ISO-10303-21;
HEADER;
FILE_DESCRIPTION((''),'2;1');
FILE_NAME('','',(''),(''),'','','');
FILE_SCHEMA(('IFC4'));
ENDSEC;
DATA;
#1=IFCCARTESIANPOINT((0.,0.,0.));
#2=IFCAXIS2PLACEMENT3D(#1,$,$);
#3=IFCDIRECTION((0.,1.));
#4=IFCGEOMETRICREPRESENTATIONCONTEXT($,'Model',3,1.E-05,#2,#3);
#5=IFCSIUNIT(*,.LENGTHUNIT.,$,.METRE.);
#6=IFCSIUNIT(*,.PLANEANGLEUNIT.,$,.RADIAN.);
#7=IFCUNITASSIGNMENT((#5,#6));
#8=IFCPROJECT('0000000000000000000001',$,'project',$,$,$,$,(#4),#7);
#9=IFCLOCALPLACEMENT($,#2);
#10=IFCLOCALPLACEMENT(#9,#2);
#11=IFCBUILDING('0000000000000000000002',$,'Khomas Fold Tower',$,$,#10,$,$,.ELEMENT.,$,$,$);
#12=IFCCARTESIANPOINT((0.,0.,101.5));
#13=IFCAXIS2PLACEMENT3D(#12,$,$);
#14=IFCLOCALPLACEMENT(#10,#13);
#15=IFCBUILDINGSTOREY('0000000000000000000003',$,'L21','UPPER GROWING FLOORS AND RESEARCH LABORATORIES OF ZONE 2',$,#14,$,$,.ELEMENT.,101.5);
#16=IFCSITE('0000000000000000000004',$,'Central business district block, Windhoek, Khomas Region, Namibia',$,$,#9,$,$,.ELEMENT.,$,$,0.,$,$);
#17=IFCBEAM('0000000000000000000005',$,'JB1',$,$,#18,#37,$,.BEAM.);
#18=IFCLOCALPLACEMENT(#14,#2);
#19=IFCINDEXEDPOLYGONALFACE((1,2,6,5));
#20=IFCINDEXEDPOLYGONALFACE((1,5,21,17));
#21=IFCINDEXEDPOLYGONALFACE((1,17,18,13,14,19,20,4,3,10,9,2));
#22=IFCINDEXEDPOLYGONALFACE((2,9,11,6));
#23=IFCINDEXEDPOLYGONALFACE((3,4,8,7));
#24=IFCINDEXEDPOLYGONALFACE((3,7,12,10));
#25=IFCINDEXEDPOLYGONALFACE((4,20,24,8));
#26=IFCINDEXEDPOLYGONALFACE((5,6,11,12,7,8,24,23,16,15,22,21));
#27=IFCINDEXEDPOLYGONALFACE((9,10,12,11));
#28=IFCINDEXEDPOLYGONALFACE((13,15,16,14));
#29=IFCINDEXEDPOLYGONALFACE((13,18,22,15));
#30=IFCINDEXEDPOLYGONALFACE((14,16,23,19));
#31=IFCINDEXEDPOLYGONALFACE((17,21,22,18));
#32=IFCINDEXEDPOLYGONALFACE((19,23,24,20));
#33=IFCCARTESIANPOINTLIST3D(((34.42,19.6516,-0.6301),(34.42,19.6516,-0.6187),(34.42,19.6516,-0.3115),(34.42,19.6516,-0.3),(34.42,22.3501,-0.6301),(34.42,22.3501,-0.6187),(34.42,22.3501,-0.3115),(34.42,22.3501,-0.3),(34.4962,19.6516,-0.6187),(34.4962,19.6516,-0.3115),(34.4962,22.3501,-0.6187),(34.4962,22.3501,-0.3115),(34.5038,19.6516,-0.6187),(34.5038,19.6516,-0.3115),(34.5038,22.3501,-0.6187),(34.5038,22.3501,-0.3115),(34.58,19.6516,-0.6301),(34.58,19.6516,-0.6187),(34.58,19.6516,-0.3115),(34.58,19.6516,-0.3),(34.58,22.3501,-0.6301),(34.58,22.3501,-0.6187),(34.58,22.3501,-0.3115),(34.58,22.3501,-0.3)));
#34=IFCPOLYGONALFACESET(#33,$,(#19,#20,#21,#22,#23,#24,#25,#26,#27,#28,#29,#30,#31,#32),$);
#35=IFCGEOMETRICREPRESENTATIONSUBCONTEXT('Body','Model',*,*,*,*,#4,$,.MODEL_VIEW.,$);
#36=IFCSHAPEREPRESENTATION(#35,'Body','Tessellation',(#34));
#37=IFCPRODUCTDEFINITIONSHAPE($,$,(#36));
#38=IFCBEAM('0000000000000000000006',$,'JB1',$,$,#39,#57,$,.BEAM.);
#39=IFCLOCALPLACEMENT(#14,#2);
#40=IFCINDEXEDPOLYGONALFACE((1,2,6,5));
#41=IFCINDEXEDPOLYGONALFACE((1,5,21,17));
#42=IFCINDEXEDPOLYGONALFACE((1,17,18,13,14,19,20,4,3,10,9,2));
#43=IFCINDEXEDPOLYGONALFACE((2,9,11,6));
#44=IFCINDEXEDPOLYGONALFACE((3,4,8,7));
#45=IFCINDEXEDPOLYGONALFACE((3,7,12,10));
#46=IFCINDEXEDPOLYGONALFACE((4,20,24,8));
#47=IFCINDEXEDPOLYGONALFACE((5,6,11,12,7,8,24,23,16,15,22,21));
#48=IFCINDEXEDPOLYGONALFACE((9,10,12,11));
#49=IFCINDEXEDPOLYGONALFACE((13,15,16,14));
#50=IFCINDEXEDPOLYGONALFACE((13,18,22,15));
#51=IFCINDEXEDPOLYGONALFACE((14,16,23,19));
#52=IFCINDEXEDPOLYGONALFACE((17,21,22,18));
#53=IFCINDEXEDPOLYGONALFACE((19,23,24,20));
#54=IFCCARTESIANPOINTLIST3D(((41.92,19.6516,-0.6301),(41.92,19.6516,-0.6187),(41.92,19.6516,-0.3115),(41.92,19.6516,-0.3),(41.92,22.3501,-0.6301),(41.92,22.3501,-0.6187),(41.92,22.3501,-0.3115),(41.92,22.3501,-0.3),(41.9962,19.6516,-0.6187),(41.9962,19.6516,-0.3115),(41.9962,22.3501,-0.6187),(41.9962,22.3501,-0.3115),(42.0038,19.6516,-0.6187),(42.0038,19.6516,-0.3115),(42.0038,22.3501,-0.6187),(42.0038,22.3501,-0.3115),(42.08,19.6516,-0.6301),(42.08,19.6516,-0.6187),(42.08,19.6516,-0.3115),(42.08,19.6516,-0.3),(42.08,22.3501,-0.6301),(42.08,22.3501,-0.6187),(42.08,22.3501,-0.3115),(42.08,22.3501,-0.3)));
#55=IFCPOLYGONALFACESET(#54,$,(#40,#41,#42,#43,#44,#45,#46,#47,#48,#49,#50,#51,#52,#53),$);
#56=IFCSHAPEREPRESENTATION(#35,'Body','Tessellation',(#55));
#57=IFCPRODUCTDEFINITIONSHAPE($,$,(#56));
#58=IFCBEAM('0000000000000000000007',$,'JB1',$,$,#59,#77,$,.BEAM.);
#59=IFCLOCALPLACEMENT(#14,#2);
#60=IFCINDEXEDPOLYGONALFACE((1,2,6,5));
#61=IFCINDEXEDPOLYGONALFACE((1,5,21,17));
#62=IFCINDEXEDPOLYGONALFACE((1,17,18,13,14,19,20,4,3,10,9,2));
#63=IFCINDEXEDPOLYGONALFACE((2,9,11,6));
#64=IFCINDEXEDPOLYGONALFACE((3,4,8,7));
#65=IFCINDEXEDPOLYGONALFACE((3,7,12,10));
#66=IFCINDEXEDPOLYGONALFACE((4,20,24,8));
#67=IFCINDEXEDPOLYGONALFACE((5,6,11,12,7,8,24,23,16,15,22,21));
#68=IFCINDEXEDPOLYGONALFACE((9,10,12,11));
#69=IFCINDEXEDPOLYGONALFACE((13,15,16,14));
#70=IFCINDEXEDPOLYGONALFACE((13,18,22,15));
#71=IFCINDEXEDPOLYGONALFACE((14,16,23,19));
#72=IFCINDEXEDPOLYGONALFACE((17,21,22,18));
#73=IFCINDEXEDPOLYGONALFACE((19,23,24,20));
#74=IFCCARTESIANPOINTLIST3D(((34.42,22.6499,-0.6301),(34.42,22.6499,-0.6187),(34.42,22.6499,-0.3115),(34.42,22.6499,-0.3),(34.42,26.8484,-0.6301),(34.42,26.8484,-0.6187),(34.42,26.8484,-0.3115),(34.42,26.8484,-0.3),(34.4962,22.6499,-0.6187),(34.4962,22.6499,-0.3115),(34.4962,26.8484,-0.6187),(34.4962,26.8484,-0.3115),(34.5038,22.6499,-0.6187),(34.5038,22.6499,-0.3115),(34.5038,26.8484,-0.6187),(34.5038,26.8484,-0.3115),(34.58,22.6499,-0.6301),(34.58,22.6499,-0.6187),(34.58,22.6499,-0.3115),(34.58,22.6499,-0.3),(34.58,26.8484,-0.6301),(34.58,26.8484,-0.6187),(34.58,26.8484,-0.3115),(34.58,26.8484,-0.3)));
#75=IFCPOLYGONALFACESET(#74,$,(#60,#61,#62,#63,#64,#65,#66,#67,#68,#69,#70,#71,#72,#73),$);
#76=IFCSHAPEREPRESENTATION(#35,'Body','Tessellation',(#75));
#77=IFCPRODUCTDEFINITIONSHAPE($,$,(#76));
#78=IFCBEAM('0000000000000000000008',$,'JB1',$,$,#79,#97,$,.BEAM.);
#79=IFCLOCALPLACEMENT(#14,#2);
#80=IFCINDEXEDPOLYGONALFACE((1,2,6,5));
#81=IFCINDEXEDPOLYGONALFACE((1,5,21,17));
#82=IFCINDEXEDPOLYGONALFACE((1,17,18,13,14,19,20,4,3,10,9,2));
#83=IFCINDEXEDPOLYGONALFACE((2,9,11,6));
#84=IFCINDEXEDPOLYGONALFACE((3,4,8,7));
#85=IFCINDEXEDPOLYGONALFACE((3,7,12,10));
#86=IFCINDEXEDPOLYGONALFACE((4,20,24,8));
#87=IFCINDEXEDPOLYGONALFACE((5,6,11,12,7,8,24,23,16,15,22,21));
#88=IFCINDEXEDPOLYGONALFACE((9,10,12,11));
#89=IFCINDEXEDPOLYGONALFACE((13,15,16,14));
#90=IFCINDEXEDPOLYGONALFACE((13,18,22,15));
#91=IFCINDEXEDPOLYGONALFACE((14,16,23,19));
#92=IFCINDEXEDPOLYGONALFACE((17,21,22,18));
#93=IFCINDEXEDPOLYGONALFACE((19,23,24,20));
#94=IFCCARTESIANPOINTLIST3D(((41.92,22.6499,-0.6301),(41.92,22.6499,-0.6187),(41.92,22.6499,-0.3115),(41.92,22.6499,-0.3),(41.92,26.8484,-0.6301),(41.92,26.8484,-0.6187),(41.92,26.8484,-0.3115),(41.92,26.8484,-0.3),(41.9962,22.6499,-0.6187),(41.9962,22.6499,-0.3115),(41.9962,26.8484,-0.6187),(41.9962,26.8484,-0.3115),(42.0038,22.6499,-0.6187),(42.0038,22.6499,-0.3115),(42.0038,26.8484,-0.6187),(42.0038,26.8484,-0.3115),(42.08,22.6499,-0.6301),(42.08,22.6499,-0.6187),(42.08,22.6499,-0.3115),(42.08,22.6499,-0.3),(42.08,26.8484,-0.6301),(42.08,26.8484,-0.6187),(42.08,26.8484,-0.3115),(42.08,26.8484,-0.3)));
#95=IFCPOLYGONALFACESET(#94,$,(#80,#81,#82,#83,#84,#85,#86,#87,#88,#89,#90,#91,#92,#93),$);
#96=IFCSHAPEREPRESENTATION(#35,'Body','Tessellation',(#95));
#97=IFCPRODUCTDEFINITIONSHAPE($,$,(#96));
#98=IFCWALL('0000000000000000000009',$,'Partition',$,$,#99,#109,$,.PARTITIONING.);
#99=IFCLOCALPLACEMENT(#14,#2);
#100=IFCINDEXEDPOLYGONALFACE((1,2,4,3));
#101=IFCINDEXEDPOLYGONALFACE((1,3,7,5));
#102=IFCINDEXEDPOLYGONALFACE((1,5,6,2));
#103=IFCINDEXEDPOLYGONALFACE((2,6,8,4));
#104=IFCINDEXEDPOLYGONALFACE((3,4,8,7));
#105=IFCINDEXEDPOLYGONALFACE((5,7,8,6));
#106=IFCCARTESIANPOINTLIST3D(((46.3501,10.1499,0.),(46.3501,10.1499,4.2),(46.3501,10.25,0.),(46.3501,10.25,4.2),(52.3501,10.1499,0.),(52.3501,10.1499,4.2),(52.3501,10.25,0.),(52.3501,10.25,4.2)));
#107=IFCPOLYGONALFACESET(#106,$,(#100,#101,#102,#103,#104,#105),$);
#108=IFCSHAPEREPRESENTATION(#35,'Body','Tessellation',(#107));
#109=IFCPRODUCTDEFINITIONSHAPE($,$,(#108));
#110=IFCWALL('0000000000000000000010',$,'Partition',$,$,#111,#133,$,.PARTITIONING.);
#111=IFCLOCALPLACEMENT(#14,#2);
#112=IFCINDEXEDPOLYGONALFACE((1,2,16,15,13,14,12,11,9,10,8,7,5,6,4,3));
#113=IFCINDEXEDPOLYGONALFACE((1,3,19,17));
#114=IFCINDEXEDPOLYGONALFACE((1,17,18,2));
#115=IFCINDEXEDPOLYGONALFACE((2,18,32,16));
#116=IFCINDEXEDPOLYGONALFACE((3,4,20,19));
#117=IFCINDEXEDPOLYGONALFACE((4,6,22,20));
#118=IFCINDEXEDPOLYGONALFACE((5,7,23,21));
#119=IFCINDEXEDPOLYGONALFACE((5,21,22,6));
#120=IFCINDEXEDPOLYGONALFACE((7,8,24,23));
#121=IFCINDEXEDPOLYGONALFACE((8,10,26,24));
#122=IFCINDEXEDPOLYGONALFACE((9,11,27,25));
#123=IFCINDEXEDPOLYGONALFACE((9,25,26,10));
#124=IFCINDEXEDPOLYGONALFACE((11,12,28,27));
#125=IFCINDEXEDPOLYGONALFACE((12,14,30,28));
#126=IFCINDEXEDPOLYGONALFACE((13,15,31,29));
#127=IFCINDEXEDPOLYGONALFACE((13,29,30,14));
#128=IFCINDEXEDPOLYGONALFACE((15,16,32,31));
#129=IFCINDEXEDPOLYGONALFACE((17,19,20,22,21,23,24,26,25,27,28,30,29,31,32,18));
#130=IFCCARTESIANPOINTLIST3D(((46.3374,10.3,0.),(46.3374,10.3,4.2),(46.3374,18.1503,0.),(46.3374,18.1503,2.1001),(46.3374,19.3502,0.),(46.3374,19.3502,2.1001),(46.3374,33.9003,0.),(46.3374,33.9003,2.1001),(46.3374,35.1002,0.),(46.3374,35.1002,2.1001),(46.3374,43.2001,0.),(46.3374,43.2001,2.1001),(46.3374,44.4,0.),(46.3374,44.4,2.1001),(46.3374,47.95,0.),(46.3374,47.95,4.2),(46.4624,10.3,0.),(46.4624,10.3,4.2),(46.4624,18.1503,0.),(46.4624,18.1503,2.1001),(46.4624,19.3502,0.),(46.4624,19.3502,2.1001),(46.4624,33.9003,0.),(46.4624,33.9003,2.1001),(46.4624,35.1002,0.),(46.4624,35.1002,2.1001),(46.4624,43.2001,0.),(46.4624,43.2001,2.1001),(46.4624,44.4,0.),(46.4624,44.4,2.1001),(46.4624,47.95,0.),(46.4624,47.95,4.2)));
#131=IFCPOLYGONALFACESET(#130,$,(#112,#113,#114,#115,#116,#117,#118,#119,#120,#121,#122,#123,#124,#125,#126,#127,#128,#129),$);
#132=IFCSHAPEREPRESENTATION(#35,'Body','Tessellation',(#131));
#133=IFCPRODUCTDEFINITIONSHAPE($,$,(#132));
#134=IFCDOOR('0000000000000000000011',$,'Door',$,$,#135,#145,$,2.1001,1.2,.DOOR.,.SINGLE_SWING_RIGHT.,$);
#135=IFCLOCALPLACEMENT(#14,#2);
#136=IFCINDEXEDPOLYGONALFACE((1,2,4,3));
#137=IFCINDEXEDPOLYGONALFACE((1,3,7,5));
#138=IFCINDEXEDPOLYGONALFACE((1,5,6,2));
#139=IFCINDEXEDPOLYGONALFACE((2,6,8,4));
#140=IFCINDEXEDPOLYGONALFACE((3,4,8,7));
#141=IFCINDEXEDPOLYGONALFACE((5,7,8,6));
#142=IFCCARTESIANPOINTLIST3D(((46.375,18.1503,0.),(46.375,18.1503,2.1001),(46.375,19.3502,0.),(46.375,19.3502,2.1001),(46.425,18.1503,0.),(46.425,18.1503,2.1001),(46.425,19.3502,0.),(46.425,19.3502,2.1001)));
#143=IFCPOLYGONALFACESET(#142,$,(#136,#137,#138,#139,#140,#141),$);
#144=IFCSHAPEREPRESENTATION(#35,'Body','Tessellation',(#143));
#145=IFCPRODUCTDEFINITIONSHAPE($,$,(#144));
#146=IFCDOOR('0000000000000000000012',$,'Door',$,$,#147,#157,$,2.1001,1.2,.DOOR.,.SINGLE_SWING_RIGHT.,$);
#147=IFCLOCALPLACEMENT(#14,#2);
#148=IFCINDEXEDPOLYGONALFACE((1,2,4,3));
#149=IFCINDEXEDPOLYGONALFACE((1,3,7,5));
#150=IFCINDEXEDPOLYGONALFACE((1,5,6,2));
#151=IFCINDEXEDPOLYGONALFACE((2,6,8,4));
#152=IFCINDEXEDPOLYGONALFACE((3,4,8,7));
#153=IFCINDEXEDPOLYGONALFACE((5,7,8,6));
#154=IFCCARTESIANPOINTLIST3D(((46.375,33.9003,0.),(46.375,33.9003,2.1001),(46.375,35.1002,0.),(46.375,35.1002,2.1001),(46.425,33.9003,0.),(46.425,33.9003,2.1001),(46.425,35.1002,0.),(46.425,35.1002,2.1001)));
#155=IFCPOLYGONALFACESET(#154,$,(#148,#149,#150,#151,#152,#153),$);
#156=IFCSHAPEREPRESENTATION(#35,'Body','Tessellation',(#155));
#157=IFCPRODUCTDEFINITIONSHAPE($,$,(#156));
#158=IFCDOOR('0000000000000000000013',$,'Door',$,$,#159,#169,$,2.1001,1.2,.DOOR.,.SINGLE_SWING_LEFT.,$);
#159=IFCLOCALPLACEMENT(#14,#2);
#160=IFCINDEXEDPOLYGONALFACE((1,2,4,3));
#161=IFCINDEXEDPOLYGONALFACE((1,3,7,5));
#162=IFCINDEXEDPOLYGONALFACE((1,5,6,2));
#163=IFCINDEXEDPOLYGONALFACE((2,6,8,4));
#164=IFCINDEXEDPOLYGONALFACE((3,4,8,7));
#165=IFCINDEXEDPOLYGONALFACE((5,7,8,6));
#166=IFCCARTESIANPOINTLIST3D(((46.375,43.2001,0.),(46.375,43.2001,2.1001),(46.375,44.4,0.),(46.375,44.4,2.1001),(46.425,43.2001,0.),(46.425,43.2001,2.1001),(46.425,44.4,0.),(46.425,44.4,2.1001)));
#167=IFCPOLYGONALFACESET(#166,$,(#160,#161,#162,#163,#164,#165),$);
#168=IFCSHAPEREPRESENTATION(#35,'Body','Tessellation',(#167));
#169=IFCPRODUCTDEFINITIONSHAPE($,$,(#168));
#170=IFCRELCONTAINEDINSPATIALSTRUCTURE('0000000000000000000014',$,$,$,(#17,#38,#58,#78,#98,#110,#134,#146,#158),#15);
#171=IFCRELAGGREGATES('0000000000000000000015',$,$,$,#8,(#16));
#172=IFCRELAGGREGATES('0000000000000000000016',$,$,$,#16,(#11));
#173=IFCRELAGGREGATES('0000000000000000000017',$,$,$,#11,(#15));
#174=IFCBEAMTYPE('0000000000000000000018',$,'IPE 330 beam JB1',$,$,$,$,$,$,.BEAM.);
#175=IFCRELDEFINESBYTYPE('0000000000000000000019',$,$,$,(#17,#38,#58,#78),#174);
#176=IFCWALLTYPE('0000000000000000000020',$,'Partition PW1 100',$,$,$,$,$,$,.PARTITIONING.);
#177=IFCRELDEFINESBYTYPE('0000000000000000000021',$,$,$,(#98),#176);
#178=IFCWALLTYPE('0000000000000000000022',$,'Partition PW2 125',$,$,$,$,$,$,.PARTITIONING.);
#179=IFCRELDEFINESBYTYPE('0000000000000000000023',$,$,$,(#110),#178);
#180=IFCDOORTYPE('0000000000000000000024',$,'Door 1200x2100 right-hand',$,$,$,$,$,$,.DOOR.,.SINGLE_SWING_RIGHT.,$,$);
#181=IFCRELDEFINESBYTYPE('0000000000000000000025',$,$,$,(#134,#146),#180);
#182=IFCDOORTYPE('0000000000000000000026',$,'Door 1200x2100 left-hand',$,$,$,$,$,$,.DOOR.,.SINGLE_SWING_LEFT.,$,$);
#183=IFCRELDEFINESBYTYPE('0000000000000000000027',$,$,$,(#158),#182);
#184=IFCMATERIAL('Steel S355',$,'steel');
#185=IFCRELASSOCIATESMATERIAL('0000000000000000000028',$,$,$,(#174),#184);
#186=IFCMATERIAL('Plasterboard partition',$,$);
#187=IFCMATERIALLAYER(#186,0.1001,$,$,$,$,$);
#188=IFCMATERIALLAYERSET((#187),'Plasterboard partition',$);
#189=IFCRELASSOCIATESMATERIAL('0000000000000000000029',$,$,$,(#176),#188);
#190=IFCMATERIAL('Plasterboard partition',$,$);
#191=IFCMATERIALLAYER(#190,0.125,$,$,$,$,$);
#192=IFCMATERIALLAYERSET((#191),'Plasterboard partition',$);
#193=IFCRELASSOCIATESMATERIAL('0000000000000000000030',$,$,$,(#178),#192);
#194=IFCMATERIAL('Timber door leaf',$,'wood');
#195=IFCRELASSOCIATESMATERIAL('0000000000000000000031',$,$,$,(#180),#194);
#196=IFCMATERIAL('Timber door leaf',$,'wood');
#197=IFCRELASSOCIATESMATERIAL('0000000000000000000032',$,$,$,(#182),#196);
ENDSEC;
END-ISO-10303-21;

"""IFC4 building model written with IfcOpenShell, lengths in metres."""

from ifc_helpers import new_model, si_unit, direction, frame, frame_2d, origin, origin_2d, place, context, subcontext, project, spatial, rectangle, i_section, extrude, source, transform, mapped, material, layer, layer_set, material_profile, profile_set, type_object, element, fill, save


model = new_model("IFC4")

# Units and contexts
model_context = context("Model", 3, precision=1e-05, world=origin(), true_north=direction((0.0, 1.0)))
body_context = subcontext(model_context, "Body", "Model", "MODEL_VIEW")
ifc_project = project(units=[si_unit("LENGTHUNIT", "METRE"), si_unit("PLANEANGLEUNIT", "RADIAN")], contexts=[model_context])

# Site, building, storey
site_placement = place(None, origin())
site = spatial("IfcSite", under=ifc_project, at=site_placement, Name="Central business district block, Windhoek, Khomas Region, Namibia", CompositionType="ELEMENT", RefElevation=0.0)
building_placement = place(site_placement, origin())
building = spatial("IfcBuilding", under=site, at=building_placement, Name="Khomas Fold Tower", CompositionType="ELEMENT")
storey_placement = place(building_placement, frame((0.0, 0.0, 101.5)))
storey = spatial("IfcBuildingStorey", under=building, at=storey_placement, Name="L21", Description="UPPER GROWING FLOORS AND RESEARCH LABORATORIES OF ZONE 2", CompositionType="ELEMENT", Elevation=101.5)

# Beams
ifc_material_1 = material(Name="Steel S355", Category="steel")
ifc_material_profile_1 = material_profile(ifc_material_1, i_section(OverallWidth=0.1599, OverallDepth=0.3301, WebThickness=0.0076, FlangeThickness=0.0115, at=origin_2d()), Name="IPE 330")
ifc_profile_set_1 = profile_set([ifc_material_profile_1], Name="Steel S355")
beam_type_1 = type_object("IfcBeamType", Name="IPE 330 beam JB1", PredefinedType="BEAM", material=ifc_profile_set_1)
shared_shape_1 = source(origin(), body_context, "Body", "SweptSolid", [
    extrude(i_section(OverallWidth=0.1599, OverallDepth=0.3301, WebThickness=0.0076, FlangeThickness=0.0115, at=origin_2d()), origin(), (0.0, 0.0, 1.0), 2.6985),
])
for number, where, z_axis, x_axis, name in (
    (1, (34.5, 19.6516, -0.4651), (0.0, 1.0, 0.0), (-1.0, 0.0, 0.0), "JB1"),
    (2, (42.0, 19.6516, -0.4651), (0.0, 1.0, 0.0), (-1.0, 0.0, 0.0), "JB1"),
):
    element("IfcBeam", number, at=place(storey_placement, frame(where, z_axis=z_axis, x_axis=x_axis)), inside=storey, type_object=beam_type_1, Name=name, PredefinedType="BEAM", context=body_context, shape_type="MappedRepresentation", body=[
        mapped(shared_shape_1, transform((0.0, 0.0, 0.0))),
    ])
shared_shape_2 = source(origin(), body_context, "Body", "SweptSolid", [
    extrude(i_section(OverallWidth=0.1599, OverallDepth=0.3301, WebThickness=0.0076, FlangeThickness=0.0115, at=origin_2d()), origin(), (0.0, 0.0, 1.0), 4.1985),
])
for number, where, z_axis, x_axis, name in (
    (3, (34.5, 22.6499, -0.4651), (0.0, 1.0, 0.0), (-1.0, 0.0, 0.0), "JB1"),
    (4, (42.0, 22.6499, -0.4651), (0.0, 1.0, 0.0), (-1.0, 0.0, 0.0), "JB1"),
):
    element("IfcBeam", number, at=place(storey_placement, frame(where, z_axis=z_axis, x_axis=x_axis)), inside=storey, type_object=beam_type_1, Name=name, PredefinedType="BEAM", context=body_context, shape_type="MappedRepresentation", body=[
        mapped(shared_shape_2, transform((0.0, 0.0, 0.0))),
    ])

# Wall
ifc_material_2 = material(Name="Plasterboard partition")
ifc_layer_1 = layer(ifc_material_2, 0.1001)
ifc_layer_set_1 = layer_set([ifc_layer_1], Name="Plasterboard partition")
wall_type_1 = type_object("IfcWallType", Name="Partition PW1 100", PredefinedType="PARTITIONING", material=ifc_layer_set_1)
shared_shape_3 = source(origin(), body_context, "Body", "SweptSolid", [
    extrude(rectangle(XDim=6.0, YDim=0.1001, at=frame_2d((3.0, 0.0))), origin(), (0.0, 0.0, 1.0), 4.2),
])
wall_1_placement = place(storey_placement, frame((46.3501, 10.2, 0.0), z_axis=(0.0, 0.0, 1.0), x_axis=(1.0, 0.0, 0.0)))
element("IfcWall", 5, at=wall_1_placement, inside=storey, type_object=wall_type_1, Name="Partition", PredefinedType="PARTITIONING", context=body_context, shape_type="MappedRepresentation", body=[
    mapped(shared_shape_3, transform((0.0, 0.0, 0.0))),
])

# Wall, openings, doors
ifc_material_3 = material(Name="Plasterboard partition")
ifc_layer_2 = layer(ifc_material_3, 0.125)
ifc_layer_set_2 = layer_set([ifc_layer_2], Name="Plasterboard partition")
wall_type_2 = type_object("IfcWallType", Name="Partition PW2 125", PredefinedType="PARTITIONING", material=ifc_layer_set_2)
shared_shape_4 = source(origin(), body_context, "Body", "SweptSolid", [
    extrude(rectangle(XDim=37.6499, YDim=0.125, at=frame_2d((18.825, 0.0))), origin(), (0.0, 0.0, 1.0), 4.2),
])
wall_2_placement = place(storey_placement, frame((46.3999, 10.3, 0.0), z_axis=(0.0, 0.0, 1.0), x_axis=(0.0, 1.0, 0.0)))
wall_2 = element("IfcWall", 6, at=wall_2_placement, inside=storey, type_object=wall_type_2, Name="Partition", PredefinedType="PARTITIONING", context=body_context, shape_type="MappedRepresentation", body=[
    mapped(shared_shape_4, transform((0.0, 0.0, 0.0))),
])
shared_shape_5 = source(origin(), body_context, "Body", "SweptSolid", [
    extrude(rectangle(XDim=1.2, YDim=2.1001, at=frame_2d((0.6001, 1.05))), frame((0.0, 0.0725, 0.0), z_axis=(0.0, -1.0, 0.0), x_axis=(1.0, 0.0, 0.0)), (0.0, 0.0, 1.0), 0.145),
])
opening_1_placement = place(wall_2_placement, frame((7.8501, 0.0, 0.0)))
opening_1 = element("IfcOpeningElement", 7, at=opening_1_placement, cuts=wall_2, PredefinedType="OPENING", context=body_context, shape_type="MappedRepresentation", body=[
    mapped(shared_shape_5, transform((0.0, 0.0, 0.0))),
])
opening_2_placement = place(wall_2_placement, frame((23.6001, 0.0, 0.0)))
opening_2 = element("IfcOpeningElement", 8, at=opening_2_placement, cuts=wall_2, PredefinedType="OPENING", context=body_context, shape_type="MappedRepresentation", body=[
    mapped(shared_shape_5, transform((0.0, 0.0, 0.0))),
])
opening_3_placement = place(wall_2_placement, frame((32.8999, 0.0, 0.0)))
opening_3 = element("IfcOpeningElement", 9, at=opening_3_placement, cuts=wall_2, PredefinedType="OPENING", context=body_context, shape_type="MappedRepresentation", body=[
    mapped(shared_shape_5, transform((0.0, 0.0, 0.0))),
])
ifc_material_4 = material(Name="Timber door leaf", Category="wood")
door_type_1 = type_object("IfcDoorType", Name="Door 1200x2100 right-hand", OperationType="SINGLE_SWING_RIGHT", PredefinedType="DOOR", material=ifc_material_4)
shared_shape_6 = source(origin(), body_context, "Body", "SweptSolid", [
    extrude(rectangle(XDim=1.2, YDim=2.1001, at=frame_2d((0.6001, 1.05))), frame((0.0, 0.0249, 0.0), z_axis=(0.0, -1.0, 0.0), x_axis=(1.0, 0.0, 0.0)), (0.0, 0.0, 1.0), 0.05),
])
door_1_placement = place(opening_1_placement, origin())
door_1 = element("IfcDoor", 10, at=door_1_placement, inside=storey, type_object=door_type_1, Name="Door", OperationType="SINGLE_SWING_RIGHT", OverallHeight=2.1001, OverallWidth=1.2, PredefinedType="DOOR", context=body_context, shape_type="MappedRepresentation", body=[
    mapped(shared_shape_6, transform((0.0, 0.0, 0.0))),
])
fill(opening_1, door_1)
door_2_placement = place(opening_2_placement, origin())
door_2 = element("IfcDoor", 11, at=door_2_placement, inside=storey, type_object=door_type_1, Name="Door", OperationType="SINGLE_SWING_RIGHT", OverallHeight=2.1001, OverallWidth=1.2, PredefinedType="DOOR", context=body_context, shape_type="MappedRepresentation", body=[
    mapped(shared_shape_6, transform((0.0, 0.0, 0.0))),
])
fill(opening_2, door_2)
ifc_material_5 = material(Name="Timber door leaf", Category="wood")
door_type_2 = type_object("IfcDoorType", Name="Door 1200x2100 left-hand", OperationType="SINGLE_SWING_LEFT", PredefinedType="DOOR", material=ifc_material_5)
door_3_placement = place(opening_3_placement, origin())
door_3 = element("IfcDoor", 12, at=door_3_placement, inside=storey, type_object=door_type_2, Name="Door", OperationType="SINGLE_SWING_LEFT", OverallHeight=2.1001, OverallWidth=1.2, PredefinedType="DOOR", context=body_context, shape_type="MappedRepresentation", body=[
    mapped(shared_shape_6, transform((0.0, 0.0, 0.0))),
])
fill(opening_3, door_3)

save(model, "model.ifc")
